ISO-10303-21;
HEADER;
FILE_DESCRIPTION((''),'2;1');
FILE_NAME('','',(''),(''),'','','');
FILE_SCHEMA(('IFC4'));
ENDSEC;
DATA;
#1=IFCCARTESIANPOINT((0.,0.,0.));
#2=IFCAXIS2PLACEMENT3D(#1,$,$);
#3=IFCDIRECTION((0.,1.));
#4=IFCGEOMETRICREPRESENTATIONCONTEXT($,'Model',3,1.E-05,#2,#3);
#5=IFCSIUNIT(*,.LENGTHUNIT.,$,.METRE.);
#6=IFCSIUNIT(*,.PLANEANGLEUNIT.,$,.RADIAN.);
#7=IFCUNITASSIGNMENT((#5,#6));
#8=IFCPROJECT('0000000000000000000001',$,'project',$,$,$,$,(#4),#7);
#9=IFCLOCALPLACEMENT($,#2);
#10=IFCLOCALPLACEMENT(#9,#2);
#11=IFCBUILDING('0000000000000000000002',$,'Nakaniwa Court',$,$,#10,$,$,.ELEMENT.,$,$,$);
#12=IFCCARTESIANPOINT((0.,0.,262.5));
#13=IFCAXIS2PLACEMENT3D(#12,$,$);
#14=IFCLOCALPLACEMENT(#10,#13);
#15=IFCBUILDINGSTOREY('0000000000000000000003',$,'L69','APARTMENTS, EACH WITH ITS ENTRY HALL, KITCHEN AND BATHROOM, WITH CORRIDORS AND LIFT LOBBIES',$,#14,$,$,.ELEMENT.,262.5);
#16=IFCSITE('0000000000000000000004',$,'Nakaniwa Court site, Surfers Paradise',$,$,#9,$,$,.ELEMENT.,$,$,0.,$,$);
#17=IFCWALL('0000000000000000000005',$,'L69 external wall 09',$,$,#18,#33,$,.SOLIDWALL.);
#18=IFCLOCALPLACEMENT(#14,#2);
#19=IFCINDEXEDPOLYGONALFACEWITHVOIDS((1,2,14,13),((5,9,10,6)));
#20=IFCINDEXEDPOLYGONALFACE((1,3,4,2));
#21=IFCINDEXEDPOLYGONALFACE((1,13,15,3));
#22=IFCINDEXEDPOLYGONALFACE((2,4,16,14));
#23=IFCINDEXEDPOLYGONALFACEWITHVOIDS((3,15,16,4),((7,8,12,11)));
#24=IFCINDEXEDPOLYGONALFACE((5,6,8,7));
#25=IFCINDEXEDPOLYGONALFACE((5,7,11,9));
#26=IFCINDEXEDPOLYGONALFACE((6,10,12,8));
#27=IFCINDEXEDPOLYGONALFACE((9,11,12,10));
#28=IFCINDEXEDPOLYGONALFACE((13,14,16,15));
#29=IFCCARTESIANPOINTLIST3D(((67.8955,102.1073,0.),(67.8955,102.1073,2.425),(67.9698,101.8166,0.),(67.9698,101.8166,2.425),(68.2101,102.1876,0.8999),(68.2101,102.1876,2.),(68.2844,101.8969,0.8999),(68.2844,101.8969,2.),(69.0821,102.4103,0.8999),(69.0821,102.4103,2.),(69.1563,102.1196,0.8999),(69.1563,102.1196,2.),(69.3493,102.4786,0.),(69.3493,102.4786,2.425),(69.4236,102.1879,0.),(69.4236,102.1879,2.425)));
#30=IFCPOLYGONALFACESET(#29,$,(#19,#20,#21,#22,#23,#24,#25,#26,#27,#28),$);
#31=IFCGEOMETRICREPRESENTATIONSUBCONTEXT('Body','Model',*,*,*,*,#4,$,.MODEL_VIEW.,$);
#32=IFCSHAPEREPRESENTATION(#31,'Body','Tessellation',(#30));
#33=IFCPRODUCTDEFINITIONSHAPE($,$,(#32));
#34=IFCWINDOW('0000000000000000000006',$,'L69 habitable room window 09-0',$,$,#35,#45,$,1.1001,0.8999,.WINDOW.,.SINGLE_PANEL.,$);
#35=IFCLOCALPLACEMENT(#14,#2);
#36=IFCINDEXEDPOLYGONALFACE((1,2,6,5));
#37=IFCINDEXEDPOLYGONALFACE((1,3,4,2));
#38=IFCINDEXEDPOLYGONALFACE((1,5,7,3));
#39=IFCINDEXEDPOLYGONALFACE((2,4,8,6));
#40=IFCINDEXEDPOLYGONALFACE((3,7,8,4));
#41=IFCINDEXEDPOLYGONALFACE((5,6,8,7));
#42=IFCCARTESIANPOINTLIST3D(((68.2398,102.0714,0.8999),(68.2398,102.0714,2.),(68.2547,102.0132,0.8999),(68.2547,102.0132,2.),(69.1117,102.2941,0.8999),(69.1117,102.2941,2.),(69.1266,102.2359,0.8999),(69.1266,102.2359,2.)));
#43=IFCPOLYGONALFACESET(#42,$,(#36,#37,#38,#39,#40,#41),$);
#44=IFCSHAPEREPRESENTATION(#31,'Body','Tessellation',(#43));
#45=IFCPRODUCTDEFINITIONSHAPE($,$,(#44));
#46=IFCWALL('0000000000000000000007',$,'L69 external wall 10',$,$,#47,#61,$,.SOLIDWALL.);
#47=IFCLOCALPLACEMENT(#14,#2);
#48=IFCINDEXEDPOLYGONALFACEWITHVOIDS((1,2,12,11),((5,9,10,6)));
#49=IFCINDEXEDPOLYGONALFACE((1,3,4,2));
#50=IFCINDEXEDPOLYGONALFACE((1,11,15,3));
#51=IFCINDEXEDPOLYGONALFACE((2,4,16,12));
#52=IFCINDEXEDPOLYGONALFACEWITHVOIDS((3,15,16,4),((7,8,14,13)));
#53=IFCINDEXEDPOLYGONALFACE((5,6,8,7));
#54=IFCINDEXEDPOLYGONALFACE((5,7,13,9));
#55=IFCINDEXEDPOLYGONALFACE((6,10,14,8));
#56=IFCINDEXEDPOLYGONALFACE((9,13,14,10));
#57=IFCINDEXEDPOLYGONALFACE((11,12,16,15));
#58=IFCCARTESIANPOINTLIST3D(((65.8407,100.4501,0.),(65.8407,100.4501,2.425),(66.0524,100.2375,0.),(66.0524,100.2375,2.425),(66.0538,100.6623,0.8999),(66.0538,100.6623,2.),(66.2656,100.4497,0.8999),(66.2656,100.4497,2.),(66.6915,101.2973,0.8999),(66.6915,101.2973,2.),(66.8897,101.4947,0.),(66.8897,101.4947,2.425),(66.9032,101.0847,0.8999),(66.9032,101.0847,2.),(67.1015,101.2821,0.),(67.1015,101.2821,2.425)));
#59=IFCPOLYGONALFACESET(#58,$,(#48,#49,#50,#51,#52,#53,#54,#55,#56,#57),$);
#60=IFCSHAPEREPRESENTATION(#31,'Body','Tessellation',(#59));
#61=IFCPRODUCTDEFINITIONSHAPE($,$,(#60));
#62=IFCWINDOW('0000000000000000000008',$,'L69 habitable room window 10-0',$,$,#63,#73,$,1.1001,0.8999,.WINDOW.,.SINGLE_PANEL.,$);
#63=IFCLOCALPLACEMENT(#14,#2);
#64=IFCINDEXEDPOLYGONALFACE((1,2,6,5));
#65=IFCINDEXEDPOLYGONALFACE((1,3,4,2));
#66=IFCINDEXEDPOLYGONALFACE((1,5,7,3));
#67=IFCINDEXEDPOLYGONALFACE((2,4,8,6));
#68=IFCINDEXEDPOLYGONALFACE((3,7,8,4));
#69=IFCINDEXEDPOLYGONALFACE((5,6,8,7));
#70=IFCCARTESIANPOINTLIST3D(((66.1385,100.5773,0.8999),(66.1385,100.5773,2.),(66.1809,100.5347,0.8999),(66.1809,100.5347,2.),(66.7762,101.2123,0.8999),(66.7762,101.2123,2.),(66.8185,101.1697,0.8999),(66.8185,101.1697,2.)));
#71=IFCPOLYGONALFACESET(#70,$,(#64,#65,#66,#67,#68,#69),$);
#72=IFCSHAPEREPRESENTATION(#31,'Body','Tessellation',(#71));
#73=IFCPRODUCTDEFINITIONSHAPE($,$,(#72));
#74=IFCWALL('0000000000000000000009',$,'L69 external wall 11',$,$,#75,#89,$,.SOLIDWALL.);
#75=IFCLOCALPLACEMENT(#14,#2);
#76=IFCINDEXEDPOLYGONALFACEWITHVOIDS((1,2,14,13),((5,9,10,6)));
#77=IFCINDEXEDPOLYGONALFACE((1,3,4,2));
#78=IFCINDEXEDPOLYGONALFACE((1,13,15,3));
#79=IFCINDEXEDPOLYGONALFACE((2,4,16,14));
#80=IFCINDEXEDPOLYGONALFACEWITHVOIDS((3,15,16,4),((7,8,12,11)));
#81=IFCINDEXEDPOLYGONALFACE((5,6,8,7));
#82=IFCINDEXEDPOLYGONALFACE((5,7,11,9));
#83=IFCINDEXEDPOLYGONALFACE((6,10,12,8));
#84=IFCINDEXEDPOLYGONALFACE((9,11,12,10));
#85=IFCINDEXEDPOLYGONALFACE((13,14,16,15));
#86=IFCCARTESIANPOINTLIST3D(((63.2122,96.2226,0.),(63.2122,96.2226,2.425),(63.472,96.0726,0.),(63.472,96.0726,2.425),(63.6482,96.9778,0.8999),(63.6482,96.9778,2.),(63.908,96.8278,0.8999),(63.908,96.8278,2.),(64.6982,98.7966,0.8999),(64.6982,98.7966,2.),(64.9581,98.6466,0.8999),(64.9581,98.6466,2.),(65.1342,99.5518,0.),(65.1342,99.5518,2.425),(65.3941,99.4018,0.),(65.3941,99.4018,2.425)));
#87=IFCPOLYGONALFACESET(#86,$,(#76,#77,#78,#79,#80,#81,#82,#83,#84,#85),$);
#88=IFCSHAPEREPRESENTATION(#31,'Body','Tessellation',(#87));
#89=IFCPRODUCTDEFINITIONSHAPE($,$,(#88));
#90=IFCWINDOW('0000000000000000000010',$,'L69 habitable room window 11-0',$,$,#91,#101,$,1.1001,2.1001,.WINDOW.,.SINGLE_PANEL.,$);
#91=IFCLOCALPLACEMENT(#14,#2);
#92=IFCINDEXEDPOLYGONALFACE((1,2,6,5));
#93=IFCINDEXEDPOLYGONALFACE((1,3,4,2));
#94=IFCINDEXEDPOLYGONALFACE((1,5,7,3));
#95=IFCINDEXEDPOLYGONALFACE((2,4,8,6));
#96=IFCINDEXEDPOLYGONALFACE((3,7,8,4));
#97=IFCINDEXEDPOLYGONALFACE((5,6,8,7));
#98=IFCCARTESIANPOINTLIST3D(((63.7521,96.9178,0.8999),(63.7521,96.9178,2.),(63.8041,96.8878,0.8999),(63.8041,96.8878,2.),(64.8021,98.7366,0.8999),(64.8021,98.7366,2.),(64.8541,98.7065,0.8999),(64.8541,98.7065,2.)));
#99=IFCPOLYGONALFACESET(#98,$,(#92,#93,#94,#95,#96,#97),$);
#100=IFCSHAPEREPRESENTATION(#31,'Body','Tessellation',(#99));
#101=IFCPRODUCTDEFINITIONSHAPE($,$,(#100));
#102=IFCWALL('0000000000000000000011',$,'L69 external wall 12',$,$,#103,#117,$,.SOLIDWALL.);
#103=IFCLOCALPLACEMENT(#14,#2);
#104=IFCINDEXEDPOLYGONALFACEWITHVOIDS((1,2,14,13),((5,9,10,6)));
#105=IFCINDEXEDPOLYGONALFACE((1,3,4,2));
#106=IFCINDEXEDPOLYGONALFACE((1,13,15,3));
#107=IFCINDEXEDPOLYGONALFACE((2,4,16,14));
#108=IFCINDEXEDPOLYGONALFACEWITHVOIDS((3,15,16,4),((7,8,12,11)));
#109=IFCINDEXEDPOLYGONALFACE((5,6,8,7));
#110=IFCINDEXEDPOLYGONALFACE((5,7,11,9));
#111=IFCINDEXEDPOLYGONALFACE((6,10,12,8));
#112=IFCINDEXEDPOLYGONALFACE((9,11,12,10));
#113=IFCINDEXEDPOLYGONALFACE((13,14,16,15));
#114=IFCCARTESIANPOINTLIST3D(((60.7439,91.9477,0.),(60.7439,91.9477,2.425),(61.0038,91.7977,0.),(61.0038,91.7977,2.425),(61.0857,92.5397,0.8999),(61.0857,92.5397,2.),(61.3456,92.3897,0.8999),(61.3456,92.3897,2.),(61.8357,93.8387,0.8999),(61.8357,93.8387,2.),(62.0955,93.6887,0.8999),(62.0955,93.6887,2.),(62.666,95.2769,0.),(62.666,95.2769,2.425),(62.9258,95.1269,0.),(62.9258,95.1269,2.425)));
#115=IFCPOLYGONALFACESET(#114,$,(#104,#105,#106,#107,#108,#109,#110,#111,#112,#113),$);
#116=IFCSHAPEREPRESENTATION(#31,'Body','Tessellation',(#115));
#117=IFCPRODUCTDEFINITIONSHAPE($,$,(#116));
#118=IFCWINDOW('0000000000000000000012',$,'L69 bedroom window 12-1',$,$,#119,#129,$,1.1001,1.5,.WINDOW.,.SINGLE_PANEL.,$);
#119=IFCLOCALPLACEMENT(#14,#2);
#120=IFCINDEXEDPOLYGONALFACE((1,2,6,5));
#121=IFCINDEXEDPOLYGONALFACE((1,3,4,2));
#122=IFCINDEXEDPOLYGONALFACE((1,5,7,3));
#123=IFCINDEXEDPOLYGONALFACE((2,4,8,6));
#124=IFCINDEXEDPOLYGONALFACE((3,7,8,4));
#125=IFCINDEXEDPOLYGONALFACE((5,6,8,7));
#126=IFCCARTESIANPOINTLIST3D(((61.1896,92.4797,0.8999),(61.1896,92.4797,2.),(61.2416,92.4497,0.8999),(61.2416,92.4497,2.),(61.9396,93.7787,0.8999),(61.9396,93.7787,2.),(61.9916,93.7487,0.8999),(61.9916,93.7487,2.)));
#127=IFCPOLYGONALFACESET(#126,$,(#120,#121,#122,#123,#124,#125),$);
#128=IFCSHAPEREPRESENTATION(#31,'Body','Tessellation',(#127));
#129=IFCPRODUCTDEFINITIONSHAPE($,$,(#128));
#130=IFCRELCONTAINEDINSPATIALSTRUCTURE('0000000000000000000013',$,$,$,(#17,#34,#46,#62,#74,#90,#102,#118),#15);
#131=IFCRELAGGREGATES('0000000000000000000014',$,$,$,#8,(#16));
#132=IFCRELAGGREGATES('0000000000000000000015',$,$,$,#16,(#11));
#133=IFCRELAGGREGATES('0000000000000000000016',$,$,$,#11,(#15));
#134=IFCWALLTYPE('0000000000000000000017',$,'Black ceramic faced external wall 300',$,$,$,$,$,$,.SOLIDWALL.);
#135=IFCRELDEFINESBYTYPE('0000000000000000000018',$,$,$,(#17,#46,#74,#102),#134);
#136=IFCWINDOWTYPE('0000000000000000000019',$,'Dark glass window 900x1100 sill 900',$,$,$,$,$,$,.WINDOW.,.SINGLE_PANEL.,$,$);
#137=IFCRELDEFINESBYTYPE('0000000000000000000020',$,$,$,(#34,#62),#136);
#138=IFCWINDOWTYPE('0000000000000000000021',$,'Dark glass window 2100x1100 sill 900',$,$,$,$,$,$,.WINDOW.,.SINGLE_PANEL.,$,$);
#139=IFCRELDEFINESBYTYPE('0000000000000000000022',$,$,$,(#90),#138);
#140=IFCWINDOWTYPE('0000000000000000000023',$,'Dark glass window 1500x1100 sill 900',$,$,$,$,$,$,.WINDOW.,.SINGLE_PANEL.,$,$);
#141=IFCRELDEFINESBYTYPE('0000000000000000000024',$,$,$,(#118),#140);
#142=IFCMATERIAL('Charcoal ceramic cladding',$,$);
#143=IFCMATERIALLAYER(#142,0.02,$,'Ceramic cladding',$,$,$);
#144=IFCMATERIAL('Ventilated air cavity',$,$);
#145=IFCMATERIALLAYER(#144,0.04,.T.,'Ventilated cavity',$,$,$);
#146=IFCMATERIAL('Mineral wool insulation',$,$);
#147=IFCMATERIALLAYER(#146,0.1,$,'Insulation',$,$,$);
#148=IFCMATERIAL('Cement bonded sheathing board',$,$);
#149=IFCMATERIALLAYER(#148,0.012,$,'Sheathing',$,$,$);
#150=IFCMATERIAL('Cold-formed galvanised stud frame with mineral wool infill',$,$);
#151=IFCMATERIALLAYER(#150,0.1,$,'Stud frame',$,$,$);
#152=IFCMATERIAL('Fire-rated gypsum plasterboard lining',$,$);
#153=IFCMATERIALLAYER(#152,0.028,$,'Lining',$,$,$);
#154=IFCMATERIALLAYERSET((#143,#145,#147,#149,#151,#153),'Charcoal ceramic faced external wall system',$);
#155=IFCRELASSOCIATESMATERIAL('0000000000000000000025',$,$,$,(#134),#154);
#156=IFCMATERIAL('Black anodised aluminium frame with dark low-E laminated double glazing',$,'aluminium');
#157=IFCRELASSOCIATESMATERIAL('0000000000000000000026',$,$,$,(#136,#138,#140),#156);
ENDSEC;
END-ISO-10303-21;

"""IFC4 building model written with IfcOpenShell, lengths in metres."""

from ifc_helpers import new_model, si_unit, direction, frame, frame_2d, origin, place, context, subcontext, project, spatial, rectangle, extrude, material, layer, layer_set, type_object, element, fill, save


model = new_model("IFC4")

# Units and contexts
model_context = context("Model", 3, precision=1e-05, world=origin(), true_north=direction((0.0, 1.0)))
body_context = subcontext(model_context, "Body", "Model", "MODEL_VIEW")
ifc_project = project(units=[si_unit("LENGTHUNIT", "METRE"), si_unit("PLANEANGLEUNIT", "RADIAN")], contexts=[model_context])

# Site, building, storey
site_placement = place(None, origin())
site = spatial("IfcSite", under=ifc_project, at=site_placement, Name="Nakaniwa Court site, Surfers Paradise", CompositionType="ELEMENT", RefElevation=0.0)
building_placement = place(site_placement, origin())
building = spatial("IfcBuilding", under=site, at=building_placement, Name="Nakaniwa Court", CompositionType="ELEMENT")
storey_placement = place(building_placement, frame((0.0, 0.0, 262.5)))
storey = spatial("IfcBuildingStorey", under=building, at=storey_placement, Name="L69", Description="APARTMENTS, EACH WITH ITS ENTRY HALL, KITCHEN AND BATHROOM, WITH CORRIDORS AND LIFT LOBBIES", CompositionType="ELEMENT", Elevation=262.5)

# Walls, openings, windows
ifc_material_1 = material(Name="Charcoal ceramic cladding")
ifc_layer_1 = layer(ifc_material_1, 0.02, Name="Ceramic cladding")
ifc_material_2 = material(Name="Ventilated air cavity")
ifc_layer_2 = layer(ifc_material_2, 0.04, ventilated=True, Name="Ventilated cavity")
ifc_material_3 = material(Name="Mineral wool insulation")
ifc_layer_3 = layer(ifc_material_3, 0.1, Name="Insulation")
ifc_material_4 = material(Name="Cement bonded sheathing board")
ifc_layer_4 = layer(ifc_material_4, 0.012, Name="Sheathing")
ifc_material_5 = material(Name="Cold-formed galvanised stud frame with mineral wool infill")
ifc_layer_5 = layer(ifc_material_5, 0.1, Name="Stud frame")
ifc_material_6 = material(Name="Fire-rated gypsum plasterboard lining")
ifc_layer_6 = layer(ifc_material_6, 0.028, Name="Lining")
ifc_layer_set_1 = layer_set([ifc_layer_1, ifc_layer_2, ifc_layer_3, ifc_layer_4, ifc_layer_5, ifc_layer_6], Name="Charcoal ceramic faced external wall system")
wall_type_1 = type_object("IfcWallType", Name="Black ceramic faced external wall 300", PredefinedType="SOLIDWALL", material=ifc_layer_set_1)
wall_1_placement = place(storey_placement, frame((69.3865, 102.3333, 0.0), z_axis=(0.0, 0.0, 1.0), x_axis=(-0.968895, -0.247471, 0.0)))
wall_1 = element("IfcWall", 1, at=wall_1_placement, inside=storey, type_object=wall_type_1, Name="L69 external wall 09", PredefinedType="SOLIDWALL", context=body_context, shape_type="SweptSolid", body=[
    extrude(rectangle(XDim=1.5005, YDim=0.3, at=frame_2d((0.7502, 0.0))), origin(), (0.0, 0.0, 1.0), 2.425),
])
opening_1_placement = place(wall_1_placement, frame((0.2759, 0.0, 0.8999)))
opening_1 = element("IfcOpeningElement", 2, at=opening_1_placement, cuts=wall_1, PredefinedType="OPENING", context=body_context, shape_type="SweptSolid", body=[
    extrude(rectangle(XDim=0.8999, YDim=1.1001, at=frame_2d((0.45, 0.55))), frame((0.0, 0.1599, 0.0), z_axis=(0.0, -1.0, 0.0), x_axis=(1.0, 0.0, 0.0)), (0.0, 0.0, 1.0), 0.3201),
])
ifc_material_7 = material(Name="Black anodised aluminium frame with dark low-E laminated double glazing", Category="aluminium")
window_type_1 = type_object("IfcWindowType", Name="Dark glass window 900x1100 sill 900", PartitioningType="SINGLE_PANEL", PredefinedType="WINDOW", material=ifc_material_7)
window_1_placement = place(opening_1_placement, origin())
window_1 = element("IfcWindow", 3, at=window_1_placement, inside=storey, type_object=window_type_1, Name="L69 habitable room window 09-0", OverallHeight=1.1001, OverallWidth=0.8999, PartitioningType="SINGLE_PANEL", PredefinedType="WINDOW", context=body_context, shape_type="SweptSolid", body=[
    extrude(rectangle(XDim=0.8999, YDim=1.1001, at=frame_2d((0.45, 0.55))), frame((0.0, 0.03, 0.0), z_axis=(0.0, -1.0, 0.0), x_axis=(1.0, 0.0, 0.0)), (0.0, 0.0, 1.0), 0.0601),
])
fill(opening_1, window_1)
wall_2_placement = place(storey_placement, frame((66.9956, 101.3884, 0.0), z_axis=(0.0, 0.0, 1.0), x_axis=(-0.708589, -0.705621, 0.0)))
wall_2 = element("IfcWall", 4, at=wall_2_placement, inside=storey, type_object=wall_type_1, Name="L69 external wall 10", PredefinedType="SOLIDWALL", context=body_context, shape_type="SweptSolid", body=[
    extrude(rectangle(XDim=1.4805, YDim=0.3, at=frame_2d((0.7402, 0.0))), origin(), (0.0, 0.0, 1.0), 2.425),
])
opening_2_placement = place(wall_2_placement, frame((0.2798, 0.0, 0.8999)))
opening_2 = element("IfcOpeningElement", 5, at=opening_2_placement, cuts=wall_2, PredefinedType="OPENING", context=body_context, shape_type="SweptSolid", body=[
    extrude(rectangle(XDim=0.8999, YDim=1.1001, at=frame_2d((0.45, 0.55))), frame((0.0, 0.1599, 0.0), z_axis=(0.0, -1.0, 0.0), x_axis=(1.0, 0.0, 0.0)), (0.0, 0.0, 1.0), 0.3201),
])
window_2_placement = place(opening_2_placement, origin())
window_2 = element("IfcWindow", 6, at=window_2_placement, inside=storey, type_object=window_type_1, Name="L69 habitable room window 10-0", OverallHeight=1.1001, OverallWidth=0.8999, PartitioningType="SINGLE_PANEL", PredefinedType="WINDOW", context=body_context, shape_type="SweptSolid", body=[
    extrude(rectangle(XDim=0.8999, YDim=1.1001, at=frame_2d((0.45, 0.55))), frame((0.0, 0.03, 0.0), z_axis=(0.0, -1.0, 0.0), x_axis=(1.0, 0.0, 0.0)), (0.0, 0.0, 1.0), 0.0601),
])
fill(opening_2, window_2)
wall_3_placement = place(storey_placement, frame((65.2642, 99.4768, 0.0), z_axis=(0.0, 0.0, 1.0), x_axis=(-0.499984, -0.866034, 0.0)))
wall_3 = element("IfcWall", 7, at=wall_3_placement, inside=storey, type_object=wall_type_1, Name="L69 external wall 11", PredefinedType="SOLIDWALL", context=body_context, shape_type="SweptSolid", body=[
    extrude(rectangle(XDim=3.8442, YDim=0.3, at=frame_2d((1.9221, 0.0))), origin(), (0.0, 0.0, 1.0), 2.425),
])
opening_3_placement = place(wall_3_placement, frame((0.8721, 0.0, 0.8999)))
opening_3 = element("IfcOpeningElement", 8, at=opening_3_placement, cuts=wall_3, PredefinedType="OPENING", context=body_context, shape_type="SweptSolid", body=[
    extrude(rectangle(XDim=2.1001, YDim=1.1001, at=frame_2d((1.05, 0.55))), frame((0.0, 0.1599, 0.0), z_axis=(0.0, -1.0, 0.0), x_axis=(1.0, 0.0, 0.0)), (0.0, 0.0, 1.0), 0.3201),
])
window_type_2 = type_object("IfcWindowType", Name="Dark glass window 2100x1100 sill 900", PartitioningType="SINGLE_PANEL", PredefinedType="WINDOW", material=ifc_material_7)
window_3_placement = place(opening_3_placement, origin())
window_3 = element("IfcWindow", 9, at=window_3_placement, inside=storey, type_object=window_type_2, Name="L69 habitable room window 11-0", OverallHeight=1.1001, OverallWidth=2.1001, PartitioningType="SINGLE_PANEL", PredefinedType="WINDOW", context=body_context, shape_type="SweptSolid", body=[
    extrude(rectangle(XDim=2.1001, YDim=1.1001, at=frame_2d((1.05, 0.55))), frame((0.0, 0.03, 0.0), z_axis=(0.0, -1.0, 0.0), x_axis=(1.0, 0.0, 0.0)), (0.0, 0.0, 1.0), 0.0601),
])
fill(opening_3, window_3)
wall_4_placement = place(storey_placement, frame((62.7959, 95.2019, 0.0), z_axis=(0.0, 0.0, 1.0), x_axis=(-0.499984, -0.866034, 0.0)))
wall_4 = element("IfcWall", 10, at=wall_4_placement, inside=storey, type_object=wall_type_1, Name="L69 external wall 12", PredefinedType="SOLIDWALL", context=body_context, shape_type="SweptSolid", body=[
    extrude(rectangle(XDim=3.8442, YDim=0.3, at=frame_2d((1.9221, 0.0))), origin(), (0.0, 0.0, 1.0), 2.425),
])
opening_4_placement = place(wall_4_placement, frame((1.6606, 0.0, 0.8999)))
opening_4 = element("IfcOpeningElement", 11, at=opening_4_placement, cuts=wall_4, PredefinedType="OPENING", context=body_context, shape_type="SweptSolid", body=[
    extrude(rectangle(XDim=1.5, YDim=1.1001, at=frame_2d((0.75, 0.55))), frame((0.0, 0.1599, 0.0), z_axis=(0.0, -1.0, 0.0), x_axis=(1.0, 0.0, 0.0)), (0.0, 0.0, 1.0), 0.3201),
])
window_type_3 = type_object("IfcWindowType", Name="Dark glass window 1500x1100 sill 900", PartitioningType="SINGLE_PANEL", PredefinedType="WINDOW", material=ifc_material_7)
window_4_placement = place(opening_4_placement, origin())
window_4 = element("IfcWindow", 12, at=window_4_placement, inside=storey, type_object=window_type_3, Name="L69 bedroom window 12-1", OverallHeight=1.1001, OverallWidth=1.5, PartitioningType="SINGLE_PANEL", PredefinedType="WINDOW", context=body_context, shape_type="SweptSolid", body=[
    extrude(rectangle(XDim=1.5, YDim=1.1001, at=frame_2d((0.75, 0.55))), frame((0.0, 0.03, 0.0), z_axis=(0.0, -1.0, 0.0), x_axis=(1.0, 0.0, 0.0)), (0.0, 0.0, 1.0), 0.0601),
])
fill(opening_4, window_4)

save(model, "model.ifc")
